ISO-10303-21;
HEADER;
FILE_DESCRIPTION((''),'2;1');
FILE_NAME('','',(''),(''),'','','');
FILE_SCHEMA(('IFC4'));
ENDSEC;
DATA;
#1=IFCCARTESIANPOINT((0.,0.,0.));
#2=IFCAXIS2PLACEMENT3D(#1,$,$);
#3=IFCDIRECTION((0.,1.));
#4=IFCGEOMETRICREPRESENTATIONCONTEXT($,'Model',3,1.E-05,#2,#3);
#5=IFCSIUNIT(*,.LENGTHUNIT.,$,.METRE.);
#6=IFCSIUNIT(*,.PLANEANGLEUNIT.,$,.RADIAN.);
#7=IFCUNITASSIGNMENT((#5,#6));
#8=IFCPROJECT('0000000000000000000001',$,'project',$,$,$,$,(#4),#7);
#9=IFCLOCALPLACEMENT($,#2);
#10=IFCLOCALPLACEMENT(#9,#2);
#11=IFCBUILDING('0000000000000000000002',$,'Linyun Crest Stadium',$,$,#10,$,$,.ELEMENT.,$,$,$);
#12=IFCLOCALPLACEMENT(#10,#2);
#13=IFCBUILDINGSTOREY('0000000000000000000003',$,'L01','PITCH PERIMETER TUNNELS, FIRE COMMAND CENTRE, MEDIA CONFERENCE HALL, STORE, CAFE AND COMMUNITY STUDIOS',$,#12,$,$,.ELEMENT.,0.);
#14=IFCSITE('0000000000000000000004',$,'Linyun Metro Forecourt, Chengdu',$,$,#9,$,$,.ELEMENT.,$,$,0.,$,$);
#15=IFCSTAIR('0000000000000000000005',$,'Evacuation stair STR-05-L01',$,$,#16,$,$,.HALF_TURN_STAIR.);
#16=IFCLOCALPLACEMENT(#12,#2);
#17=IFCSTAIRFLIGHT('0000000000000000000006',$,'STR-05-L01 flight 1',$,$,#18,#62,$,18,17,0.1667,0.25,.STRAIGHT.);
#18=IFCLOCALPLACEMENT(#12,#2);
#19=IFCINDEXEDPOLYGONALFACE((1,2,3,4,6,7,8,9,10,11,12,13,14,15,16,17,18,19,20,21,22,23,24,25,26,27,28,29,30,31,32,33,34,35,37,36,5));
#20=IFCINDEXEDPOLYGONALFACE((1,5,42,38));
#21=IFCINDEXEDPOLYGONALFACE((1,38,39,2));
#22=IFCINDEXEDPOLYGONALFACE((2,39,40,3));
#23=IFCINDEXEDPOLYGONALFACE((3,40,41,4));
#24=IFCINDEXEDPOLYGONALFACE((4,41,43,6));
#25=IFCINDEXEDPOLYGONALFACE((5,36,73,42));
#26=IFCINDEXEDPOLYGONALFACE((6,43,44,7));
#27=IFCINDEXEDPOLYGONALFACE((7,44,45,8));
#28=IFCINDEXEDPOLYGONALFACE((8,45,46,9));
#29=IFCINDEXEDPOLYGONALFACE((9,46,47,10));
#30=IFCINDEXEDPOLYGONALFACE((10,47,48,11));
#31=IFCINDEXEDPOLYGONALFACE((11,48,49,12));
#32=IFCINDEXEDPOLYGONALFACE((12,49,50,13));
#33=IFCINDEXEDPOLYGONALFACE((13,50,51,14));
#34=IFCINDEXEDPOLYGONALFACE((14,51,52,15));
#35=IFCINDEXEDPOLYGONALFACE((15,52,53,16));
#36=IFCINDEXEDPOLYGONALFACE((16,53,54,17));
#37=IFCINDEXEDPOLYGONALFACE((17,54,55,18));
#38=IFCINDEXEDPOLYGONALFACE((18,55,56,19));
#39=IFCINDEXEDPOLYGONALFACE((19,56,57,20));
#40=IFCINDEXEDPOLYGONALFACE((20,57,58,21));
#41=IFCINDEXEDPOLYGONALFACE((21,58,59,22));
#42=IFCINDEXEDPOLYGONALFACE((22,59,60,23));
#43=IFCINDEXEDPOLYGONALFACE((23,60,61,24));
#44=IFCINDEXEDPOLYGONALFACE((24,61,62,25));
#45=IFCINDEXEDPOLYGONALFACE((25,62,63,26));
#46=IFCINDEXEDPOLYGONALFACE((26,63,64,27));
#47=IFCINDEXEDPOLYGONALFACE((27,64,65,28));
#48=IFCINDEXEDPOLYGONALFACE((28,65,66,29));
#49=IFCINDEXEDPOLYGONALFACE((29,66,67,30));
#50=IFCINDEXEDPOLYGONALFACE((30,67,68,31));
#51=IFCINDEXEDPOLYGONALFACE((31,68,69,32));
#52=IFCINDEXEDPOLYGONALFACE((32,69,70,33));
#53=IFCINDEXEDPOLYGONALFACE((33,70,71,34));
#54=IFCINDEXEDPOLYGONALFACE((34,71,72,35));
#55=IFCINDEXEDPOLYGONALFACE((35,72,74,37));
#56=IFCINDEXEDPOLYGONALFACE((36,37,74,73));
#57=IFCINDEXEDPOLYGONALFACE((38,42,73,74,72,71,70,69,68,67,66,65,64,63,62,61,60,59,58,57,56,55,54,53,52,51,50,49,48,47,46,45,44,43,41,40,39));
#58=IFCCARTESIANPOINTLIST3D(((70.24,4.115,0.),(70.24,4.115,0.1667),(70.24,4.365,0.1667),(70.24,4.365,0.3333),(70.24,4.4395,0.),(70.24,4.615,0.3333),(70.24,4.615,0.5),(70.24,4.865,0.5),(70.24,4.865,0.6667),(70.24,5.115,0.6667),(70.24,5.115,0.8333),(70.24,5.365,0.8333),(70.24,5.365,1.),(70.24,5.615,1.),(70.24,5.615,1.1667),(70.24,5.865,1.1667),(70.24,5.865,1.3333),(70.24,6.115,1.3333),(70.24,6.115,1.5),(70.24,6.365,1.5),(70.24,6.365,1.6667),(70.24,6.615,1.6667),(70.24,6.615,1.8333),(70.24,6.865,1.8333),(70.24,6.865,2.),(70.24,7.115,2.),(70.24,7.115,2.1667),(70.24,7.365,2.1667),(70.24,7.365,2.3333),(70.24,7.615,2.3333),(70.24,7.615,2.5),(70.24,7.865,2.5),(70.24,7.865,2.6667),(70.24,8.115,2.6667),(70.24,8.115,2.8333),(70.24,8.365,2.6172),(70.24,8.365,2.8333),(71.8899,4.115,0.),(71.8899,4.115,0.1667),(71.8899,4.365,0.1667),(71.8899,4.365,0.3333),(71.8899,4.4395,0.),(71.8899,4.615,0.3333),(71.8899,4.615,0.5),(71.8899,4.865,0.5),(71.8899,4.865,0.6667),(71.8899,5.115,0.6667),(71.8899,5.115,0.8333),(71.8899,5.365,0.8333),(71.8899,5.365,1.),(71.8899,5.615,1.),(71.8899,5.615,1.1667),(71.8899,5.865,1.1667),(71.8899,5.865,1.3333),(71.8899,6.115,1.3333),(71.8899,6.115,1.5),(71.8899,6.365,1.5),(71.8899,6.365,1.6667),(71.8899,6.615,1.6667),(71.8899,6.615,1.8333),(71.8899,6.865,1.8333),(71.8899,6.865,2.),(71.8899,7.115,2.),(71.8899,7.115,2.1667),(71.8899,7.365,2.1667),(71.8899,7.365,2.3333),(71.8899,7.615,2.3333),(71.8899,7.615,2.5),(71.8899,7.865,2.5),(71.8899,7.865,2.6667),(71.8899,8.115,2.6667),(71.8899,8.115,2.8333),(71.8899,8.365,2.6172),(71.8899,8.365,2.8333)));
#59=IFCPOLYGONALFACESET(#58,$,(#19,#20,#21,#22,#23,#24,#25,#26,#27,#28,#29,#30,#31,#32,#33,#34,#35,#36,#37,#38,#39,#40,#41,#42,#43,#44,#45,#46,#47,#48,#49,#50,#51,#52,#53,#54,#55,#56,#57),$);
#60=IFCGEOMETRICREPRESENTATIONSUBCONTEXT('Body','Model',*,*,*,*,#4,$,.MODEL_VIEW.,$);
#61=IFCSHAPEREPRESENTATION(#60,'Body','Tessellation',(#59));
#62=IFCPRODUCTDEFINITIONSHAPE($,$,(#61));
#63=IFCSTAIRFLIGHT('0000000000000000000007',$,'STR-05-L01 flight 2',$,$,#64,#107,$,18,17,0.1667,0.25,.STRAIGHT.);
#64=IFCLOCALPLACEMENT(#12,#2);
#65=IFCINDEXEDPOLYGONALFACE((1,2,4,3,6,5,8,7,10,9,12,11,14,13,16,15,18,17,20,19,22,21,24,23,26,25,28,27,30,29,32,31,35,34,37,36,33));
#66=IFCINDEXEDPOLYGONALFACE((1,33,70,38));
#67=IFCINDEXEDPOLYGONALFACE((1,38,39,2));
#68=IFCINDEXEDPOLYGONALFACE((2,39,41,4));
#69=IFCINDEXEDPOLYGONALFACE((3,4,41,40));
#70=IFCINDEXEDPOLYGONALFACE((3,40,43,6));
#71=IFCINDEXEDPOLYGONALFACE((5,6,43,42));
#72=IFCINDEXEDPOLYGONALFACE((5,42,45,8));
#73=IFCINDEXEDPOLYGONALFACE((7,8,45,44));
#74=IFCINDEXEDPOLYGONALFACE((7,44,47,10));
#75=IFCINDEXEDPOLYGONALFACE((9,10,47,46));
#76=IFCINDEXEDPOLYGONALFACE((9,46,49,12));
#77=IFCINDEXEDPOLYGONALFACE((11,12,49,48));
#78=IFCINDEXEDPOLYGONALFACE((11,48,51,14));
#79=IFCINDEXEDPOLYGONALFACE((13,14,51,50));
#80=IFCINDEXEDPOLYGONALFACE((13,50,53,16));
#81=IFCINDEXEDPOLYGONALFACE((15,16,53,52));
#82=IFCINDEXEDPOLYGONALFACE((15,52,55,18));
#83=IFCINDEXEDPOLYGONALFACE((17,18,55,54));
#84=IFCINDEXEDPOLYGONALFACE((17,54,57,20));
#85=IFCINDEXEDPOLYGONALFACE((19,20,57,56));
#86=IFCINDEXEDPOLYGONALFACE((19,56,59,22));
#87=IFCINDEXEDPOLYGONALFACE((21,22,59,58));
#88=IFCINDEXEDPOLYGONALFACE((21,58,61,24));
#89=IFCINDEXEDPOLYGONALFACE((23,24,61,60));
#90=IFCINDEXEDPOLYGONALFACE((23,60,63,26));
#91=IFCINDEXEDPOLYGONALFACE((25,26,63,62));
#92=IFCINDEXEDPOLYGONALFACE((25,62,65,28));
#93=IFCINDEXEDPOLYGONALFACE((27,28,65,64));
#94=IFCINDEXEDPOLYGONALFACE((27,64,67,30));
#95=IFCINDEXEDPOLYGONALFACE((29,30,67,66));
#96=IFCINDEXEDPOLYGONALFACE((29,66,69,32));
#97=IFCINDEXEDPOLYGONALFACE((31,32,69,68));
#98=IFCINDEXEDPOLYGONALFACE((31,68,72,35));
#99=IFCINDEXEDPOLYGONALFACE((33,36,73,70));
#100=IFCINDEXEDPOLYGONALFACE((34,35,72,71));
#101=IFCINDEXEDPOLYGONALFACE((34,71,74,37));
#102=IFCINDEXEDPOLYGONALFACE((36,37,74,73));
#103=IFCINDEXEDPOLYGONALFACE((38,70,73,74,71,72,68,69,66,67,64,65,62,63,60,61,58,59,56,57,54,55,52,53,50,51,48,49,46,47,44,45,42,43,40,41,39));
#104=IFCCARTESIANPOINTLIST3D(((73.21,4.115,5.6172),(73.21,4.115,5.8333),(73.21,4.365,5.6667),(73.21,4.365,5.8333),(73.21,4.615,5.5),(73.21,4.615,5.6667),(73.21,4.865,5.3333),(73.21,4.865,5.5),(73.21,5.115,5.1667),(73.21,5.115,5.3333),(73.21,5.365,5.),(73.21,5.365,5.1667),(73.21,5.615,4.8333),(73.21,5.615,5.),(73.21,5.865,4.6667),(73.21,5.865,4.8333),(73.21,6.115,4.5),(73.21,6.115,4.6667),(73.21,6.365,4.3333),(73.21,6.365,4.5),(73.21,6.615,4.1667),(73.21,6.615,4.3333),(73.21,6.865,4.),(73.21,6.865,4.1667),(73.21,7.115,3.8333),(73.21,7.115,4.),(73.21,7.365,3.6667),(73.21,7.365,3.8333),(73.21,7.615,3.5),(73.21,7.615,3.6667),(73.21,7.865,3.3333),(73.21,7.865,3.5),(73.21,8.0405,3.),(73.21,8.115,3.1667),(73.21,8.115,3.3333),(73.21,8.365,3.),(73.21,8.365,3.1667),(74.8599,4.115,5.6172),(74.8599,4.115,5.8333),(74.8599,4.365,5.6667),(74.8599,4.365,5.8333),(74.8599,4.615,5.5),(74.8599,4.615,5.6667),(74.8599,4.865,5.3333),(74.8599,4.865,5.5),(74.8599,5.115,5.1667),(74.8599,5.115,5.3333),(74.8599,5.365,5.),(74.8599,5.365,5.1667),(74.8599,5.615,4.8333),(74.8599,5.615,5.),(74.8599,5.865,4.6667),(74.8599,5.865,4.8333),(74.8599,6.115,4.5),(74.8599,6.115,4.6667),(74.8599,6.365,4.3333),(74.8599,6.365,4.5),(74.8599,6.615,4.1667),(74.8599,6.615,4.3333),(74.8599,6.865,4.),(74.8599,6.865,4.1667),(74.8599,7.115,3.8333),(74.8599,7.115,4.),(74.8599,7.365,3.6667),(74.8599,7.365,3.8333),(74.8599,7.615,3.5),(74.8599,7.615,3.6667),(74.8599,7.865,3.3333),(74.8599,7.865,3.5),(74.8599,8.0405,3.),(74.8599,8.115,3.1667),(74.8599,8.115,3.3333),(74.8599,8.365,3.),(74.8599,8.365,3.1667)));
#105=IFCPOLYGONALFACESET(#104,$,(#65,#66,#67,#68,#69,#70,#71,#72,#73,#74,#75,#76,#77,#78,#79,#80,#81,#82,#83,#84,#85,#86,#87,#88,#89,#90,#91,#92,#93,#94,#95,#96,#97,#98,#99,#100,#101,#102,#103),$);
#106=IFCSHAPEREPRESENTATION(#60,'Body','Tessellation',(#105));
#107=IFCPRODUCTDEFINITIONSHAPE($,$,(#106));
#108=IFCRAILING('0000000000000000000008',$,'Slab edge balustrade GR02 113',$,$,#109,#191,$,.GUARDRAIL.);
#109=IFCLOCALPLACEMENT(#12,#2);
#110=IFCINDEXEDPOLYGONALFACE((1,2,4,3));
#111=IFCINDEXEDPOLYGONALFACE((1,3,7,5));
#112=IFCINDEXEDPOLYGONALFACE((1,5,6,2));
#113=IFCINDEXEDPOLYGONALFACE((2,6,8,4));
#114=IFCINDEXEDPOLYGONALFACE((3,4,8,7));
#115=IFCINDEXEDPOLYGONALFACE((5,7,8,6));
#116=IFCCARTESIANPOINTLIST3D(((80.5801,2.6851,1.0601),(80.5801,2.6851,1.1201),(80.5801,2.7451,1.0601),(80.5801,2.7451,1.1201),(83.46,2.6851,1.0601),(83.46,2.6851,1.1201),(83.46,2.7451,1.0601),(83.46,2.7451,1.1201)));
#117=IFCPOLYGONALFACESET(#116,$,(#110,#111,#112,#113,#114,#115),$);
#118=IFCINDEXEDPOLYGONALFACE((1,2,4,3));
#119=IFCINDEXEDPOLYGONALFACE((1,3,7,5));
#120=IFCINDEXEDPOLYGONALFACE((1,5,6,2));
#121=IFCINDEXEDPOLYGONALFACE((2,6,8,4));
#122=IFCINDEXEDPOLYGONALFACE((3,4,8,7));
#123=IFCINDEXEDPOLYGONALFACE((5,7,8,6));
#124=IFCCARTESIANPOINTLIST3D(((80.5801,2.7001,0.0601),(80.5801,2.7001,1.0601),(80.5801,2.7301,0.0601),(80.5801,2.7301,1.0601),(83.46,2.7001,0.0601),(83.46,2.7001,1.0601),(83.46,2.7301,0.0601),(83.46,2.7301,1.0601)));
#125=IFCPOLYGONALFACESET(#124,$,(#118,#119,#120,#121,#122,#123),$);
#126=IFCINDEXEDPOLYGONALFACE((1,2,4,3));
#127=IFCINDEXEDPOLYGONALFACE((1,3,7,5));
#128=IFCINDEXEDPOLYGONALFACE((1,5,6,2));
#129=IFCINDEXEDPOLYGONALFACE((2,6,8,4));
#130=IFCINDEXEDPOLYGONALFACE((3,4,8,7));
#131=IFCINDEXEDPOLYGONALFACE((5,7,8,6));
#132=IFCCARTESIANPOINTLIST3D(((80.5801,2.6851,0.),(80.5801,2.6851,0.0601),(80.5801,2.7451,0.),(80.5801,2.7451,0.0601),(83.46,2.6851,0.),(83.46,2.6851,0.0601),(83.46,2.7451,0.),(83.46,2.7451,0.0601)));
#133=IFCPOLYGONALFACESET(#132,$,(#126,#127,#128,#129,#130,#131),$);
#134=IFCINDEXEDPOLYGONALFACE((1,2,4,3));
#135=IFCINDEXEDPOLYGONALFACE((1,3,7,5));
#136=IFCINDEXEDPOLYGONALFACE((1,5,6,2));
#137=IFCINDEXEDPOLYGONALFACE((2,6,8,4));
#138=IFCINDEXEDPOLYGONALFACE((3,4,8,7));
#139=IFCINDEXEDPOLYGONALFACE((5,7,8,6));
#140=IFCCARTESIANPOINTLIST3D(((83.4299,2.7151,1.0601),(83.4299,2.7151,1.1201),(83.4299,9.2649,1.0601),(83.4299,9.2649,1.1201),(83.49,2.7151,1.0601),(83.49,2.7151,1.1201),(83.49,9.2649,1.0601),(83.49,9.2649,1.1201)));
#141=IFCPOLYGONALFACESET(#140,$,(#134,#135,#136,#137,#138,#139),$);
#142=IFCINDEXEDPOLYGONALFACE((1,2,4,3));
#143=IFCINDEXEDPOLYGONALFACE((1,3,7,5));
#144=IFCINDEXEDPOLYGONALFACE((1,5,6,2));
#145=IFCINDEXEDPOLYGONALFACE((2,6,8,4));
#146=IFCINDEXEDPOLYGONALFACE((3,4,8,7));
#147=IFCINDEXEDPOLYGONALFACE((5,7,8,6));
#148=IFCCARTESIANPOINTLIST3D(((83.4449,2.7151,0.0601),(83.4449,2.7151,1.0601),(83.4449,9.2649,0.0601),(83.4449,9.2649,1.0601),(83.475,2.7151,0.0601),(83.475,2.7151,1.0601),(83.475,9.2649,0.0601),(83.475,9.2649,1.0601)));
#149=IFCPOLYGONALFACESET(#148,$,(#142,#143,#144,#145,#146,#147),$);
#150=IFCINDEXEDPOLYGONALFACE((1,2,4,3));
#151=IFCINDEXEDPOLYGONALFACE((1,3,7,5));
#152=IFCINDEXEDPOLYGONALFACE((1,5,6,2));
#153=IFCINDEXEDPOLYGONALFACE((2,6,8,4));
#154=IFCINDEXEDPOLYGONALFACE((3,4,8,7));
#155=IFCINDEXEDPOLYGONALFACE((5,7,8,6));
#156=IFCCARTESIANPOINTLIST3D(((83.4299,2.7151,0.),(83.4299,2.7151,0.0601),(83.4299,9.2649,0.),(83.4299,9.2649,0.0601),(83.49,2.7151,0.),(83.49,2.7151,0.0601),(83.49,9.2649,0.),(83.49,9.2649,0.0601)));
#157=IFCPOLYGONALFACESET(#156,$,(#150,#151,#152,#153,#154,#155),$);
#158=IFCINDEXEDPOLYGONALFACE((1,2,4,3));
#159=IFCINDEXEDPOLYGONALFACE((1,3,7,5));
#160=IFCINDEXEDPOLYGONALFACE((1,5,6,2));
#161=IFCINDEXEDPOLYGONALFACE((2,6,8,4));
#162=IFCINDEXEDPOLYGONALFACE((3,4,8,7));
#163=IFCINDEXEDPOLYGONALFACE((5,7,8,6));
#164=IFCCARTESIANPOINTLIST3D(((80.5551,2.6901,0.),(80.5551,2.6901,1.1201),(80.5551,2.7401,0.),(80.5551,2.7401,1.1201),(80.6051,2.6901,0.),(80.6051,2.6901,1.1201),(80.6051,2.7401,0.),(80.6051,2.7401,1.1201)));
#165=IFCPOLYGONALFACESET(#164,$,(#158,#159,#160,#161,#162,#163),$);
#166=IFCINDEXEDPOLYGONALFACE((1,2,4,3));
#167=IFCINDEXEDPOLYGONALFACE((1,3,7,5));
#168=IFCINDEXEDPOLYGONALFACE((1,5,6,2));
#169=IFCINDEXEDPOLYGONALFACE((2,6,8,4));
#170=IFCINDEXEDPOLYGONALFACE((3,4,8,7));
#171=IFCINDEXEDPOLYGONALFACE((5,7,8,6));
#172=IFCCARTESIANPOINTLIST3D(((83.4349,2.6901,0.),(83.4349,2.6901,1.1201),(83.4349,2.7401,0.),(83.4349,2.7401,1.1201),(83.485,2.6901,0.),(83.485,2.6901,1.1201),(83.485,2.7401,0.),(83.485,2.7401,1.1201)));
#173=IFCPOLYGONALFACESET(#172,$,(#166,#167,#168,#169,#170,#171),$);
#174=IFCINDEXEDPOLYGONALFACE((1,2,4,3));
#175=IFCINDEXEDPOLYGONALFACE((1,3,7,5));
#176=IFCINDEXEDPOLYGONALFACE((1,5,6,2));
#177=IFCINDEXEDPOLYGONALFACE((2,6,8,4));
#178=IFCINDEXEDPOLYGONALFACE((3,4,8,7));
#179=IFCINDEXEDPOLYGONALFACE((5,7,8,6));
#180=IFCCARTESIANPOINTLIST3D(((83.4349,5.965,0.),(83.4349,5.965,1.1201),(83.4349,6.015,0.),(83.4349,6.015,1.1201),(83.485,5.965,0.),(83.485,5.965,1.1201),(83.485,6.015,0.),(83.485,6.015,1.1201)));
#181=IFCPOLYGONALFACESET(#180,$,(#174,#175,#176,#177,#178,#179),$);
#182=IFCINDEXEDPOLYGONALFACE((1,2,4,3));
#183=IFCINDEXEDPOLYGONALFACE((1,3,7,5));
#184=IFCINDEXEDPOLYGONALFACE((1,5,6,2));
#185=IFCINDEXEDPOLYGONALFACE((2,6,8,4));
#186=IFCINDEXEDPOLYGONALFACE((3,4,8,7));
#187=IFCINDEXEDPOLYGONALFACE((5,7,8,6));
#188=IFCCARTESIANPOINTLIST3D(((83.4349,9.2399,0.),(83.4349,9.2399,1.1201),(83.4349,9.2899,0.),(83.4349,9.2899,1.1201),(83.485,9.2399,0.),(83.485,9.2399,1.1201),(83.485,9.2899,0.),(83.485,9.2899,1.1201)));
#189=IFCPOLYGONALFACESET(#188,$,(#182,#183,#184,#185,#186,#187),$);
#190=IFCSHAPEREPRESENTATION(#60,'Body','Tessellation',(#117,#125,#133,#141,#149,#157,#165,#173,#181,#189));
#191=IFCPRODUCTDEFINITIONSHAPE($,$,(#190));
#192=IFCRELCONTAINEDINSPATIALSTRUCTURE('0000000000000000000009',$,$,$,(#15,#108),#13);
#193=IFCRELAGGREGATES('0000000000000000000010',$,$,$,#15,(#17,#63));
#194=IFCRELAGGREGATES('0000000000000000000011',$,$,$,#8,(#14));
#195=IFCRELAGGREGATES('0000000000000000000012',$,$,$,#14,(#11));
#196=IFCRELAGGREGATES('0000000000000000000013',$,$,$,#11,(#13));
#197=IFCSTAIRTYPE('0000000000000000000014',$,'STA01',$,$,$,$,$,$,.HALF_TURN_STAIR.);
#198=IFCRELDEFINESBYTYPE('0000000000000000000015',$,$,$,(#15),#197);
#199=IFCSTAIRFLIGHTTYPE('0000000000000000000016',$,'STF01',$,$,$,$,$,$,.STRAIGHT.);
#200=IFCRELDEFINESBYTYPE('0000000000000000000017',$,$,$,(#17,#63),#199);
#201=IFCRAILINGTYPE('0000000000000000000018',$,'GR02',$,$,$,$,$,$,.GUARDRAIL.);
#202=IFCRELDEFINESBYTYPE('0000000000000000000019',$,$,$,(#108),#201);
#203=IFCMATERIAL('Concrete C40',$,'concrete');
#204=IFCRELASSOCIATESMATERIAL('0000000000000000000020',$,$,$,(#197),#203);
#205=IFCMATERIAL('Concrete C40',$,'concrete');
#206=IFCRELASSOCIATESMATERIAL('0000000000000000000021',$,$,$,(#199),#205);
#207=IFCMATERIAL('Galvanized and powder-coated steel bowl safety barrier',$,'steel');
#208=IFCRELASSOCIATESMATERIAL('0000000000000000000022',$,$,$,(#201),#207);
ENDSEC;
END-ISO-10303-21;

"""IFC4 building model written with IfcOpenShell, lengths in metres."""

from ifc_helpers import new_model, si_unit, direction, frame, origin, origin_2d, place, context, subcontext, project, spatial, polyline, rectangle, outline, extrude, material, type_object, element, aggregate, save


model = new_model("IFC4")

# Units and contexts
model_context = context("Model", 3, precision=1e-05, world=origin(), true_north=direction((0.0, 1.0)))
body_context = subcontext(model_context, "Body", "Model", "MODEL_VIEW")
ifc_project = project(units=[si_unit("LENGTHUNIT", "METRE"), si_unit("PLANEANGLEUNIT", "RADIAN")], contexts=[model_context])

# Site, building, storey
site_placement = place(None, origin())
site = spatial("IfcSite", under=ifc_project, at=site_placement, Name="Linyun Metro Forecourt, Chengdu", CompositionType="ELEMENT", RefElevation=0.0)
building_placement = place(site_placement, origin())
building = spatial("IfcBuilding", under=site, at=building_placement, Name="Linyun Crest Stadium", CompositionType="ELEMENT")
storey_placement = place(building_placement, origin())
storey = spatial("IfcBuildingStorey", under=building, at=storey_placement, Name="L01", Description="PITCH PERIMETER TUNNELS, FIRE COMMAND CENTRE, MEDIA CONFERENCE HALL, STORE, CAFE AND COMMUNITY STUDIOS", CompositionType="ELEMENT", Elevation=0.0)

# Stair, stair flights
ifc_material_1 = material(Name="Concrete C40", Category="concrete")
stair_type = type_object("IfcStairType", Name="STA01", PredefinedType="HALF_TURN_STAIR", material=ifc_material_1)
stair_placement = place(storey_placement, origin())
stair = element("IfcStair", 1, at=stair_placement, inside=storey, type_object=stair_type, Name="Evacuation stair STR-05-L01", PredefinedType="HALF_TURN_STAIR")
ifc_material_2 = material(Name="Concrete C40", Category="concrete")
stair_flight_type = type_object("IfcStairFlightType", Name="STF01", PredefinedType="STRAIGHT", material=ifc_material_2)
stair_flight_1_placement = place(storey_placement, frame((71.0649, 4.115, 0.0), z_axis=(0.0, 0.0, 1.0), x_axis=(0.0, 1.0, 0.0)))
stair_flight_1 = element("IfcStairFlight", 2, at=stair_flight_1_placement, type_object=stair_flight_type, Name="STR-05-L01 flight 1", NumberOfRisers=18, NumberOfTreads=17, PredefinedType="STRAIGHT", RiserHeight=0.1667, TreadLength=0.25, context=body_context, shape_type="SweptSolid", body=[
    extrude(outline(polyline([(0.0, 0.0), (0.0, 0.1667), (0.25, 0.1667), (0.25, 0.3333), (0.5, 0.3333), (0.5, 0.5), (0.75, 0.5), (0.75, 0.6667), (1.0, 0.6667), (1.0, 0.8333), (1.25, 0.8333), (1.25, 1.0), (1.5, 1.0), (1.5, 1.1667), (1.75, 1.1667), (1.75, 1.3333), (2.0, 1.3333), (2.0, 1.5), (2.25, 1.5), (2.25, 1.6667), (2.5, 1.6667), (2.5, 1.8333), (2.75, 1.8333), (2.75, 2.0), (3.0, 2.0), (3.0, 2.1667), (3.25, 2.1667), (3.25, 2.3333), (3.5, 2.3333), (3.5, 2.5), (3.75, 2.5), (3.75, 2.6667), (4.0, 2.6667), (4.0, 2.8333), (4.25, 2.8333), (4.25, 3.0), (4.25, 2.6172), (0.3245, 0.0), (0.0, 0.0)])), frame((0.0, 0.825, 0.0), z_axis=(0.0, -1.0, 0.0), x_axis=(1.0, 0.0, 0.0)), (0.0, 0.0, 1.0), 1.6499),
])
stair_flight_2_placement = place(storey_placement, frame((74.0349, 8.365, 3.0), z_axis=(0.0, 0.0, 1.0), x_axis=(0.0, -1.0, 0.0)))
stair_flight_2 = element("IfcStairFlight", 3, at=stair_flight_2_placement, type_object=stair_flight_type, Name="STR-05-L01 flight 2", NumberOfRisers=18, NumberOfTreads=17, PredefinedType="STRAIGHT", RiserHeight=0.1667, TreadLength=0.25, context=body_context, shape_type="SweptSolid", body=[
    extrude(outline(polyline([(0.0, 0.0), (0.0, 0.1667), (0.25, 0.1667), (0.25, 0.3333), (0.5, 0.3333), (0.5, 0.5), (0.75, 0.5), (0.75, 0.6667), (1.0, 0.6667), (1.0, 0.8333), (1.25, 0.8333), (1.25, 1.0), (1.5, 1.0), (1.5, 1.1667), (1.75, 1.1667), (1.75, 1.3333), (2.0, 1.3333), (2.0, 1.5), (2.25, 1.5), (2.25, 1.6667), (2.5, 1.6667), (2.5, 1.8333), (2.75, 1.8333), (2.75, 2.0), (3.0, 2.0), (3.0, 2.1667), (3.25, 2.1667), (3.25, 2.3333), (3.5, 2.3333), (3.5, 2.5), (3.75, 2.5), (3.75, 2.6667), (4.0, 2.6667), (4.0, 2.8333), (4.25, 2.8333), (4.25, 3.0), (4.25, 2.6172), (0.3245, 0.0), (0.0, 0.0)])), frame((0.0, 0.825, 0.0), z_axis=(0.0, -1.0, 0.0), x_axis=(1.0, 0.0, 0.0)), (0.0, 0.0, 1.0), 1.6499),
])
aggregate(stair, [stair_flight_1, stair_flight_2])

# Railing
ifc_material_3 = material(Name="Galvanized and powder-coated steel bowl safety barrier", Category="steel")
railing_type_1 = type_object("IfcRailingType", Name="GR02", PredefinedType="GUARDRAIL", material=ifc_material_3)
railing_1_placement = place(storey_placement, frame((80.5801, 2.7151, 0.0)))
element("IfcRailing", 4, at=railing_1_placement, inside=storey, type_object=railing_type_1, Name="Slab edge balustrade GR02 113", PredefinedType="GUARDRAIL", context=body_context, shape_type="SweptSolid", body=[
    extrude(rectangle(XDim=0.0601, YDim=0.0601, at=origin_2d()), frame((0.0, 0.0, 1.0901), z_axis=(1.0, 0.0, 0.0), x_axis=(0.0, 1.0, 0.0)), (0.0, 0.0, 1.0), 2.8799),
    extrude(rectangle(XDim=0.03, YDim=1.0, at=origin_2d()), frame((0.0, 0.0, 0.5601), z_axis=(1.0, 0.0, 0.0), x_axis=(0.0, 1.0, 0.0)), (0.0, 0.0, 1.0), 2.8799),
    extrude(rectangle(XDim=0.0601, YDim=0.0601, at=origin_2d()), frame((0.0, 0.0, 0.03), z_axis=(1.0, 0.0, 0.0), x_axis=(0.0, 1.0, 0.0)), (0.0, 0.0, 1.0), 2.8799),
    extrude(rectangle(XDim=0.0601, YDim=0.0601, at=origin_2d()), frame((2.8799, 0.0, 1.0901), z_axis=(0.0, 1.0, 0.0), x_axis=(-1.0, 0.0, 0.0)), (0.0, 0.0, 1.0), 6.5498),
    extrude(rectangle(XDim=0.03, YDim=1.0, at=origin_2d()), frame((2.8799, 0.0, 0.5601), z_axis=(0.0, 1.0, 0.0), x_axis=(-1.0, 0.0, 0.0)), (0.0, 0.0, 1.0), 6.5498),
    extrude(rectangle(XDim=0.0601, YDim=0.0601, at=origin_2d()), frame((2.8799, 0.0, 0.03), z_axis=(0.0, 1.0, 0.0), x_axis=(-1.0, 0.0, 0.0)), (0.0, 0.0, 1.0), 6.5498),
    extrude(rectangle(XDim=0.05, YDim=0.05, at=origin_2d()), origin(), (0.0, 0.0, 1.0), 1.1201),
    extrude(rectangle(XDim=0.05, YDim=0.05, at=origin_2d()), frame((2.8799, 0.0, 0.0)), (0.0, 0.0, 1.0), 1.1201),
    extrude(rectangle(XDim=0.05, YDim=0.05, at=origin_2d()), frame((2.8799, 3.2749, 0.0)), (0.0, 0.0, 1.0), 1.1201),
    extrude(rectangle(XDim=0.05, YDim=0.05, at=origin_2d()), frame((2.8799, 6.5498, 0.0)), (0.0, 0.0, 1.0), 1.1201),
])

save(model, "model.ifc")
